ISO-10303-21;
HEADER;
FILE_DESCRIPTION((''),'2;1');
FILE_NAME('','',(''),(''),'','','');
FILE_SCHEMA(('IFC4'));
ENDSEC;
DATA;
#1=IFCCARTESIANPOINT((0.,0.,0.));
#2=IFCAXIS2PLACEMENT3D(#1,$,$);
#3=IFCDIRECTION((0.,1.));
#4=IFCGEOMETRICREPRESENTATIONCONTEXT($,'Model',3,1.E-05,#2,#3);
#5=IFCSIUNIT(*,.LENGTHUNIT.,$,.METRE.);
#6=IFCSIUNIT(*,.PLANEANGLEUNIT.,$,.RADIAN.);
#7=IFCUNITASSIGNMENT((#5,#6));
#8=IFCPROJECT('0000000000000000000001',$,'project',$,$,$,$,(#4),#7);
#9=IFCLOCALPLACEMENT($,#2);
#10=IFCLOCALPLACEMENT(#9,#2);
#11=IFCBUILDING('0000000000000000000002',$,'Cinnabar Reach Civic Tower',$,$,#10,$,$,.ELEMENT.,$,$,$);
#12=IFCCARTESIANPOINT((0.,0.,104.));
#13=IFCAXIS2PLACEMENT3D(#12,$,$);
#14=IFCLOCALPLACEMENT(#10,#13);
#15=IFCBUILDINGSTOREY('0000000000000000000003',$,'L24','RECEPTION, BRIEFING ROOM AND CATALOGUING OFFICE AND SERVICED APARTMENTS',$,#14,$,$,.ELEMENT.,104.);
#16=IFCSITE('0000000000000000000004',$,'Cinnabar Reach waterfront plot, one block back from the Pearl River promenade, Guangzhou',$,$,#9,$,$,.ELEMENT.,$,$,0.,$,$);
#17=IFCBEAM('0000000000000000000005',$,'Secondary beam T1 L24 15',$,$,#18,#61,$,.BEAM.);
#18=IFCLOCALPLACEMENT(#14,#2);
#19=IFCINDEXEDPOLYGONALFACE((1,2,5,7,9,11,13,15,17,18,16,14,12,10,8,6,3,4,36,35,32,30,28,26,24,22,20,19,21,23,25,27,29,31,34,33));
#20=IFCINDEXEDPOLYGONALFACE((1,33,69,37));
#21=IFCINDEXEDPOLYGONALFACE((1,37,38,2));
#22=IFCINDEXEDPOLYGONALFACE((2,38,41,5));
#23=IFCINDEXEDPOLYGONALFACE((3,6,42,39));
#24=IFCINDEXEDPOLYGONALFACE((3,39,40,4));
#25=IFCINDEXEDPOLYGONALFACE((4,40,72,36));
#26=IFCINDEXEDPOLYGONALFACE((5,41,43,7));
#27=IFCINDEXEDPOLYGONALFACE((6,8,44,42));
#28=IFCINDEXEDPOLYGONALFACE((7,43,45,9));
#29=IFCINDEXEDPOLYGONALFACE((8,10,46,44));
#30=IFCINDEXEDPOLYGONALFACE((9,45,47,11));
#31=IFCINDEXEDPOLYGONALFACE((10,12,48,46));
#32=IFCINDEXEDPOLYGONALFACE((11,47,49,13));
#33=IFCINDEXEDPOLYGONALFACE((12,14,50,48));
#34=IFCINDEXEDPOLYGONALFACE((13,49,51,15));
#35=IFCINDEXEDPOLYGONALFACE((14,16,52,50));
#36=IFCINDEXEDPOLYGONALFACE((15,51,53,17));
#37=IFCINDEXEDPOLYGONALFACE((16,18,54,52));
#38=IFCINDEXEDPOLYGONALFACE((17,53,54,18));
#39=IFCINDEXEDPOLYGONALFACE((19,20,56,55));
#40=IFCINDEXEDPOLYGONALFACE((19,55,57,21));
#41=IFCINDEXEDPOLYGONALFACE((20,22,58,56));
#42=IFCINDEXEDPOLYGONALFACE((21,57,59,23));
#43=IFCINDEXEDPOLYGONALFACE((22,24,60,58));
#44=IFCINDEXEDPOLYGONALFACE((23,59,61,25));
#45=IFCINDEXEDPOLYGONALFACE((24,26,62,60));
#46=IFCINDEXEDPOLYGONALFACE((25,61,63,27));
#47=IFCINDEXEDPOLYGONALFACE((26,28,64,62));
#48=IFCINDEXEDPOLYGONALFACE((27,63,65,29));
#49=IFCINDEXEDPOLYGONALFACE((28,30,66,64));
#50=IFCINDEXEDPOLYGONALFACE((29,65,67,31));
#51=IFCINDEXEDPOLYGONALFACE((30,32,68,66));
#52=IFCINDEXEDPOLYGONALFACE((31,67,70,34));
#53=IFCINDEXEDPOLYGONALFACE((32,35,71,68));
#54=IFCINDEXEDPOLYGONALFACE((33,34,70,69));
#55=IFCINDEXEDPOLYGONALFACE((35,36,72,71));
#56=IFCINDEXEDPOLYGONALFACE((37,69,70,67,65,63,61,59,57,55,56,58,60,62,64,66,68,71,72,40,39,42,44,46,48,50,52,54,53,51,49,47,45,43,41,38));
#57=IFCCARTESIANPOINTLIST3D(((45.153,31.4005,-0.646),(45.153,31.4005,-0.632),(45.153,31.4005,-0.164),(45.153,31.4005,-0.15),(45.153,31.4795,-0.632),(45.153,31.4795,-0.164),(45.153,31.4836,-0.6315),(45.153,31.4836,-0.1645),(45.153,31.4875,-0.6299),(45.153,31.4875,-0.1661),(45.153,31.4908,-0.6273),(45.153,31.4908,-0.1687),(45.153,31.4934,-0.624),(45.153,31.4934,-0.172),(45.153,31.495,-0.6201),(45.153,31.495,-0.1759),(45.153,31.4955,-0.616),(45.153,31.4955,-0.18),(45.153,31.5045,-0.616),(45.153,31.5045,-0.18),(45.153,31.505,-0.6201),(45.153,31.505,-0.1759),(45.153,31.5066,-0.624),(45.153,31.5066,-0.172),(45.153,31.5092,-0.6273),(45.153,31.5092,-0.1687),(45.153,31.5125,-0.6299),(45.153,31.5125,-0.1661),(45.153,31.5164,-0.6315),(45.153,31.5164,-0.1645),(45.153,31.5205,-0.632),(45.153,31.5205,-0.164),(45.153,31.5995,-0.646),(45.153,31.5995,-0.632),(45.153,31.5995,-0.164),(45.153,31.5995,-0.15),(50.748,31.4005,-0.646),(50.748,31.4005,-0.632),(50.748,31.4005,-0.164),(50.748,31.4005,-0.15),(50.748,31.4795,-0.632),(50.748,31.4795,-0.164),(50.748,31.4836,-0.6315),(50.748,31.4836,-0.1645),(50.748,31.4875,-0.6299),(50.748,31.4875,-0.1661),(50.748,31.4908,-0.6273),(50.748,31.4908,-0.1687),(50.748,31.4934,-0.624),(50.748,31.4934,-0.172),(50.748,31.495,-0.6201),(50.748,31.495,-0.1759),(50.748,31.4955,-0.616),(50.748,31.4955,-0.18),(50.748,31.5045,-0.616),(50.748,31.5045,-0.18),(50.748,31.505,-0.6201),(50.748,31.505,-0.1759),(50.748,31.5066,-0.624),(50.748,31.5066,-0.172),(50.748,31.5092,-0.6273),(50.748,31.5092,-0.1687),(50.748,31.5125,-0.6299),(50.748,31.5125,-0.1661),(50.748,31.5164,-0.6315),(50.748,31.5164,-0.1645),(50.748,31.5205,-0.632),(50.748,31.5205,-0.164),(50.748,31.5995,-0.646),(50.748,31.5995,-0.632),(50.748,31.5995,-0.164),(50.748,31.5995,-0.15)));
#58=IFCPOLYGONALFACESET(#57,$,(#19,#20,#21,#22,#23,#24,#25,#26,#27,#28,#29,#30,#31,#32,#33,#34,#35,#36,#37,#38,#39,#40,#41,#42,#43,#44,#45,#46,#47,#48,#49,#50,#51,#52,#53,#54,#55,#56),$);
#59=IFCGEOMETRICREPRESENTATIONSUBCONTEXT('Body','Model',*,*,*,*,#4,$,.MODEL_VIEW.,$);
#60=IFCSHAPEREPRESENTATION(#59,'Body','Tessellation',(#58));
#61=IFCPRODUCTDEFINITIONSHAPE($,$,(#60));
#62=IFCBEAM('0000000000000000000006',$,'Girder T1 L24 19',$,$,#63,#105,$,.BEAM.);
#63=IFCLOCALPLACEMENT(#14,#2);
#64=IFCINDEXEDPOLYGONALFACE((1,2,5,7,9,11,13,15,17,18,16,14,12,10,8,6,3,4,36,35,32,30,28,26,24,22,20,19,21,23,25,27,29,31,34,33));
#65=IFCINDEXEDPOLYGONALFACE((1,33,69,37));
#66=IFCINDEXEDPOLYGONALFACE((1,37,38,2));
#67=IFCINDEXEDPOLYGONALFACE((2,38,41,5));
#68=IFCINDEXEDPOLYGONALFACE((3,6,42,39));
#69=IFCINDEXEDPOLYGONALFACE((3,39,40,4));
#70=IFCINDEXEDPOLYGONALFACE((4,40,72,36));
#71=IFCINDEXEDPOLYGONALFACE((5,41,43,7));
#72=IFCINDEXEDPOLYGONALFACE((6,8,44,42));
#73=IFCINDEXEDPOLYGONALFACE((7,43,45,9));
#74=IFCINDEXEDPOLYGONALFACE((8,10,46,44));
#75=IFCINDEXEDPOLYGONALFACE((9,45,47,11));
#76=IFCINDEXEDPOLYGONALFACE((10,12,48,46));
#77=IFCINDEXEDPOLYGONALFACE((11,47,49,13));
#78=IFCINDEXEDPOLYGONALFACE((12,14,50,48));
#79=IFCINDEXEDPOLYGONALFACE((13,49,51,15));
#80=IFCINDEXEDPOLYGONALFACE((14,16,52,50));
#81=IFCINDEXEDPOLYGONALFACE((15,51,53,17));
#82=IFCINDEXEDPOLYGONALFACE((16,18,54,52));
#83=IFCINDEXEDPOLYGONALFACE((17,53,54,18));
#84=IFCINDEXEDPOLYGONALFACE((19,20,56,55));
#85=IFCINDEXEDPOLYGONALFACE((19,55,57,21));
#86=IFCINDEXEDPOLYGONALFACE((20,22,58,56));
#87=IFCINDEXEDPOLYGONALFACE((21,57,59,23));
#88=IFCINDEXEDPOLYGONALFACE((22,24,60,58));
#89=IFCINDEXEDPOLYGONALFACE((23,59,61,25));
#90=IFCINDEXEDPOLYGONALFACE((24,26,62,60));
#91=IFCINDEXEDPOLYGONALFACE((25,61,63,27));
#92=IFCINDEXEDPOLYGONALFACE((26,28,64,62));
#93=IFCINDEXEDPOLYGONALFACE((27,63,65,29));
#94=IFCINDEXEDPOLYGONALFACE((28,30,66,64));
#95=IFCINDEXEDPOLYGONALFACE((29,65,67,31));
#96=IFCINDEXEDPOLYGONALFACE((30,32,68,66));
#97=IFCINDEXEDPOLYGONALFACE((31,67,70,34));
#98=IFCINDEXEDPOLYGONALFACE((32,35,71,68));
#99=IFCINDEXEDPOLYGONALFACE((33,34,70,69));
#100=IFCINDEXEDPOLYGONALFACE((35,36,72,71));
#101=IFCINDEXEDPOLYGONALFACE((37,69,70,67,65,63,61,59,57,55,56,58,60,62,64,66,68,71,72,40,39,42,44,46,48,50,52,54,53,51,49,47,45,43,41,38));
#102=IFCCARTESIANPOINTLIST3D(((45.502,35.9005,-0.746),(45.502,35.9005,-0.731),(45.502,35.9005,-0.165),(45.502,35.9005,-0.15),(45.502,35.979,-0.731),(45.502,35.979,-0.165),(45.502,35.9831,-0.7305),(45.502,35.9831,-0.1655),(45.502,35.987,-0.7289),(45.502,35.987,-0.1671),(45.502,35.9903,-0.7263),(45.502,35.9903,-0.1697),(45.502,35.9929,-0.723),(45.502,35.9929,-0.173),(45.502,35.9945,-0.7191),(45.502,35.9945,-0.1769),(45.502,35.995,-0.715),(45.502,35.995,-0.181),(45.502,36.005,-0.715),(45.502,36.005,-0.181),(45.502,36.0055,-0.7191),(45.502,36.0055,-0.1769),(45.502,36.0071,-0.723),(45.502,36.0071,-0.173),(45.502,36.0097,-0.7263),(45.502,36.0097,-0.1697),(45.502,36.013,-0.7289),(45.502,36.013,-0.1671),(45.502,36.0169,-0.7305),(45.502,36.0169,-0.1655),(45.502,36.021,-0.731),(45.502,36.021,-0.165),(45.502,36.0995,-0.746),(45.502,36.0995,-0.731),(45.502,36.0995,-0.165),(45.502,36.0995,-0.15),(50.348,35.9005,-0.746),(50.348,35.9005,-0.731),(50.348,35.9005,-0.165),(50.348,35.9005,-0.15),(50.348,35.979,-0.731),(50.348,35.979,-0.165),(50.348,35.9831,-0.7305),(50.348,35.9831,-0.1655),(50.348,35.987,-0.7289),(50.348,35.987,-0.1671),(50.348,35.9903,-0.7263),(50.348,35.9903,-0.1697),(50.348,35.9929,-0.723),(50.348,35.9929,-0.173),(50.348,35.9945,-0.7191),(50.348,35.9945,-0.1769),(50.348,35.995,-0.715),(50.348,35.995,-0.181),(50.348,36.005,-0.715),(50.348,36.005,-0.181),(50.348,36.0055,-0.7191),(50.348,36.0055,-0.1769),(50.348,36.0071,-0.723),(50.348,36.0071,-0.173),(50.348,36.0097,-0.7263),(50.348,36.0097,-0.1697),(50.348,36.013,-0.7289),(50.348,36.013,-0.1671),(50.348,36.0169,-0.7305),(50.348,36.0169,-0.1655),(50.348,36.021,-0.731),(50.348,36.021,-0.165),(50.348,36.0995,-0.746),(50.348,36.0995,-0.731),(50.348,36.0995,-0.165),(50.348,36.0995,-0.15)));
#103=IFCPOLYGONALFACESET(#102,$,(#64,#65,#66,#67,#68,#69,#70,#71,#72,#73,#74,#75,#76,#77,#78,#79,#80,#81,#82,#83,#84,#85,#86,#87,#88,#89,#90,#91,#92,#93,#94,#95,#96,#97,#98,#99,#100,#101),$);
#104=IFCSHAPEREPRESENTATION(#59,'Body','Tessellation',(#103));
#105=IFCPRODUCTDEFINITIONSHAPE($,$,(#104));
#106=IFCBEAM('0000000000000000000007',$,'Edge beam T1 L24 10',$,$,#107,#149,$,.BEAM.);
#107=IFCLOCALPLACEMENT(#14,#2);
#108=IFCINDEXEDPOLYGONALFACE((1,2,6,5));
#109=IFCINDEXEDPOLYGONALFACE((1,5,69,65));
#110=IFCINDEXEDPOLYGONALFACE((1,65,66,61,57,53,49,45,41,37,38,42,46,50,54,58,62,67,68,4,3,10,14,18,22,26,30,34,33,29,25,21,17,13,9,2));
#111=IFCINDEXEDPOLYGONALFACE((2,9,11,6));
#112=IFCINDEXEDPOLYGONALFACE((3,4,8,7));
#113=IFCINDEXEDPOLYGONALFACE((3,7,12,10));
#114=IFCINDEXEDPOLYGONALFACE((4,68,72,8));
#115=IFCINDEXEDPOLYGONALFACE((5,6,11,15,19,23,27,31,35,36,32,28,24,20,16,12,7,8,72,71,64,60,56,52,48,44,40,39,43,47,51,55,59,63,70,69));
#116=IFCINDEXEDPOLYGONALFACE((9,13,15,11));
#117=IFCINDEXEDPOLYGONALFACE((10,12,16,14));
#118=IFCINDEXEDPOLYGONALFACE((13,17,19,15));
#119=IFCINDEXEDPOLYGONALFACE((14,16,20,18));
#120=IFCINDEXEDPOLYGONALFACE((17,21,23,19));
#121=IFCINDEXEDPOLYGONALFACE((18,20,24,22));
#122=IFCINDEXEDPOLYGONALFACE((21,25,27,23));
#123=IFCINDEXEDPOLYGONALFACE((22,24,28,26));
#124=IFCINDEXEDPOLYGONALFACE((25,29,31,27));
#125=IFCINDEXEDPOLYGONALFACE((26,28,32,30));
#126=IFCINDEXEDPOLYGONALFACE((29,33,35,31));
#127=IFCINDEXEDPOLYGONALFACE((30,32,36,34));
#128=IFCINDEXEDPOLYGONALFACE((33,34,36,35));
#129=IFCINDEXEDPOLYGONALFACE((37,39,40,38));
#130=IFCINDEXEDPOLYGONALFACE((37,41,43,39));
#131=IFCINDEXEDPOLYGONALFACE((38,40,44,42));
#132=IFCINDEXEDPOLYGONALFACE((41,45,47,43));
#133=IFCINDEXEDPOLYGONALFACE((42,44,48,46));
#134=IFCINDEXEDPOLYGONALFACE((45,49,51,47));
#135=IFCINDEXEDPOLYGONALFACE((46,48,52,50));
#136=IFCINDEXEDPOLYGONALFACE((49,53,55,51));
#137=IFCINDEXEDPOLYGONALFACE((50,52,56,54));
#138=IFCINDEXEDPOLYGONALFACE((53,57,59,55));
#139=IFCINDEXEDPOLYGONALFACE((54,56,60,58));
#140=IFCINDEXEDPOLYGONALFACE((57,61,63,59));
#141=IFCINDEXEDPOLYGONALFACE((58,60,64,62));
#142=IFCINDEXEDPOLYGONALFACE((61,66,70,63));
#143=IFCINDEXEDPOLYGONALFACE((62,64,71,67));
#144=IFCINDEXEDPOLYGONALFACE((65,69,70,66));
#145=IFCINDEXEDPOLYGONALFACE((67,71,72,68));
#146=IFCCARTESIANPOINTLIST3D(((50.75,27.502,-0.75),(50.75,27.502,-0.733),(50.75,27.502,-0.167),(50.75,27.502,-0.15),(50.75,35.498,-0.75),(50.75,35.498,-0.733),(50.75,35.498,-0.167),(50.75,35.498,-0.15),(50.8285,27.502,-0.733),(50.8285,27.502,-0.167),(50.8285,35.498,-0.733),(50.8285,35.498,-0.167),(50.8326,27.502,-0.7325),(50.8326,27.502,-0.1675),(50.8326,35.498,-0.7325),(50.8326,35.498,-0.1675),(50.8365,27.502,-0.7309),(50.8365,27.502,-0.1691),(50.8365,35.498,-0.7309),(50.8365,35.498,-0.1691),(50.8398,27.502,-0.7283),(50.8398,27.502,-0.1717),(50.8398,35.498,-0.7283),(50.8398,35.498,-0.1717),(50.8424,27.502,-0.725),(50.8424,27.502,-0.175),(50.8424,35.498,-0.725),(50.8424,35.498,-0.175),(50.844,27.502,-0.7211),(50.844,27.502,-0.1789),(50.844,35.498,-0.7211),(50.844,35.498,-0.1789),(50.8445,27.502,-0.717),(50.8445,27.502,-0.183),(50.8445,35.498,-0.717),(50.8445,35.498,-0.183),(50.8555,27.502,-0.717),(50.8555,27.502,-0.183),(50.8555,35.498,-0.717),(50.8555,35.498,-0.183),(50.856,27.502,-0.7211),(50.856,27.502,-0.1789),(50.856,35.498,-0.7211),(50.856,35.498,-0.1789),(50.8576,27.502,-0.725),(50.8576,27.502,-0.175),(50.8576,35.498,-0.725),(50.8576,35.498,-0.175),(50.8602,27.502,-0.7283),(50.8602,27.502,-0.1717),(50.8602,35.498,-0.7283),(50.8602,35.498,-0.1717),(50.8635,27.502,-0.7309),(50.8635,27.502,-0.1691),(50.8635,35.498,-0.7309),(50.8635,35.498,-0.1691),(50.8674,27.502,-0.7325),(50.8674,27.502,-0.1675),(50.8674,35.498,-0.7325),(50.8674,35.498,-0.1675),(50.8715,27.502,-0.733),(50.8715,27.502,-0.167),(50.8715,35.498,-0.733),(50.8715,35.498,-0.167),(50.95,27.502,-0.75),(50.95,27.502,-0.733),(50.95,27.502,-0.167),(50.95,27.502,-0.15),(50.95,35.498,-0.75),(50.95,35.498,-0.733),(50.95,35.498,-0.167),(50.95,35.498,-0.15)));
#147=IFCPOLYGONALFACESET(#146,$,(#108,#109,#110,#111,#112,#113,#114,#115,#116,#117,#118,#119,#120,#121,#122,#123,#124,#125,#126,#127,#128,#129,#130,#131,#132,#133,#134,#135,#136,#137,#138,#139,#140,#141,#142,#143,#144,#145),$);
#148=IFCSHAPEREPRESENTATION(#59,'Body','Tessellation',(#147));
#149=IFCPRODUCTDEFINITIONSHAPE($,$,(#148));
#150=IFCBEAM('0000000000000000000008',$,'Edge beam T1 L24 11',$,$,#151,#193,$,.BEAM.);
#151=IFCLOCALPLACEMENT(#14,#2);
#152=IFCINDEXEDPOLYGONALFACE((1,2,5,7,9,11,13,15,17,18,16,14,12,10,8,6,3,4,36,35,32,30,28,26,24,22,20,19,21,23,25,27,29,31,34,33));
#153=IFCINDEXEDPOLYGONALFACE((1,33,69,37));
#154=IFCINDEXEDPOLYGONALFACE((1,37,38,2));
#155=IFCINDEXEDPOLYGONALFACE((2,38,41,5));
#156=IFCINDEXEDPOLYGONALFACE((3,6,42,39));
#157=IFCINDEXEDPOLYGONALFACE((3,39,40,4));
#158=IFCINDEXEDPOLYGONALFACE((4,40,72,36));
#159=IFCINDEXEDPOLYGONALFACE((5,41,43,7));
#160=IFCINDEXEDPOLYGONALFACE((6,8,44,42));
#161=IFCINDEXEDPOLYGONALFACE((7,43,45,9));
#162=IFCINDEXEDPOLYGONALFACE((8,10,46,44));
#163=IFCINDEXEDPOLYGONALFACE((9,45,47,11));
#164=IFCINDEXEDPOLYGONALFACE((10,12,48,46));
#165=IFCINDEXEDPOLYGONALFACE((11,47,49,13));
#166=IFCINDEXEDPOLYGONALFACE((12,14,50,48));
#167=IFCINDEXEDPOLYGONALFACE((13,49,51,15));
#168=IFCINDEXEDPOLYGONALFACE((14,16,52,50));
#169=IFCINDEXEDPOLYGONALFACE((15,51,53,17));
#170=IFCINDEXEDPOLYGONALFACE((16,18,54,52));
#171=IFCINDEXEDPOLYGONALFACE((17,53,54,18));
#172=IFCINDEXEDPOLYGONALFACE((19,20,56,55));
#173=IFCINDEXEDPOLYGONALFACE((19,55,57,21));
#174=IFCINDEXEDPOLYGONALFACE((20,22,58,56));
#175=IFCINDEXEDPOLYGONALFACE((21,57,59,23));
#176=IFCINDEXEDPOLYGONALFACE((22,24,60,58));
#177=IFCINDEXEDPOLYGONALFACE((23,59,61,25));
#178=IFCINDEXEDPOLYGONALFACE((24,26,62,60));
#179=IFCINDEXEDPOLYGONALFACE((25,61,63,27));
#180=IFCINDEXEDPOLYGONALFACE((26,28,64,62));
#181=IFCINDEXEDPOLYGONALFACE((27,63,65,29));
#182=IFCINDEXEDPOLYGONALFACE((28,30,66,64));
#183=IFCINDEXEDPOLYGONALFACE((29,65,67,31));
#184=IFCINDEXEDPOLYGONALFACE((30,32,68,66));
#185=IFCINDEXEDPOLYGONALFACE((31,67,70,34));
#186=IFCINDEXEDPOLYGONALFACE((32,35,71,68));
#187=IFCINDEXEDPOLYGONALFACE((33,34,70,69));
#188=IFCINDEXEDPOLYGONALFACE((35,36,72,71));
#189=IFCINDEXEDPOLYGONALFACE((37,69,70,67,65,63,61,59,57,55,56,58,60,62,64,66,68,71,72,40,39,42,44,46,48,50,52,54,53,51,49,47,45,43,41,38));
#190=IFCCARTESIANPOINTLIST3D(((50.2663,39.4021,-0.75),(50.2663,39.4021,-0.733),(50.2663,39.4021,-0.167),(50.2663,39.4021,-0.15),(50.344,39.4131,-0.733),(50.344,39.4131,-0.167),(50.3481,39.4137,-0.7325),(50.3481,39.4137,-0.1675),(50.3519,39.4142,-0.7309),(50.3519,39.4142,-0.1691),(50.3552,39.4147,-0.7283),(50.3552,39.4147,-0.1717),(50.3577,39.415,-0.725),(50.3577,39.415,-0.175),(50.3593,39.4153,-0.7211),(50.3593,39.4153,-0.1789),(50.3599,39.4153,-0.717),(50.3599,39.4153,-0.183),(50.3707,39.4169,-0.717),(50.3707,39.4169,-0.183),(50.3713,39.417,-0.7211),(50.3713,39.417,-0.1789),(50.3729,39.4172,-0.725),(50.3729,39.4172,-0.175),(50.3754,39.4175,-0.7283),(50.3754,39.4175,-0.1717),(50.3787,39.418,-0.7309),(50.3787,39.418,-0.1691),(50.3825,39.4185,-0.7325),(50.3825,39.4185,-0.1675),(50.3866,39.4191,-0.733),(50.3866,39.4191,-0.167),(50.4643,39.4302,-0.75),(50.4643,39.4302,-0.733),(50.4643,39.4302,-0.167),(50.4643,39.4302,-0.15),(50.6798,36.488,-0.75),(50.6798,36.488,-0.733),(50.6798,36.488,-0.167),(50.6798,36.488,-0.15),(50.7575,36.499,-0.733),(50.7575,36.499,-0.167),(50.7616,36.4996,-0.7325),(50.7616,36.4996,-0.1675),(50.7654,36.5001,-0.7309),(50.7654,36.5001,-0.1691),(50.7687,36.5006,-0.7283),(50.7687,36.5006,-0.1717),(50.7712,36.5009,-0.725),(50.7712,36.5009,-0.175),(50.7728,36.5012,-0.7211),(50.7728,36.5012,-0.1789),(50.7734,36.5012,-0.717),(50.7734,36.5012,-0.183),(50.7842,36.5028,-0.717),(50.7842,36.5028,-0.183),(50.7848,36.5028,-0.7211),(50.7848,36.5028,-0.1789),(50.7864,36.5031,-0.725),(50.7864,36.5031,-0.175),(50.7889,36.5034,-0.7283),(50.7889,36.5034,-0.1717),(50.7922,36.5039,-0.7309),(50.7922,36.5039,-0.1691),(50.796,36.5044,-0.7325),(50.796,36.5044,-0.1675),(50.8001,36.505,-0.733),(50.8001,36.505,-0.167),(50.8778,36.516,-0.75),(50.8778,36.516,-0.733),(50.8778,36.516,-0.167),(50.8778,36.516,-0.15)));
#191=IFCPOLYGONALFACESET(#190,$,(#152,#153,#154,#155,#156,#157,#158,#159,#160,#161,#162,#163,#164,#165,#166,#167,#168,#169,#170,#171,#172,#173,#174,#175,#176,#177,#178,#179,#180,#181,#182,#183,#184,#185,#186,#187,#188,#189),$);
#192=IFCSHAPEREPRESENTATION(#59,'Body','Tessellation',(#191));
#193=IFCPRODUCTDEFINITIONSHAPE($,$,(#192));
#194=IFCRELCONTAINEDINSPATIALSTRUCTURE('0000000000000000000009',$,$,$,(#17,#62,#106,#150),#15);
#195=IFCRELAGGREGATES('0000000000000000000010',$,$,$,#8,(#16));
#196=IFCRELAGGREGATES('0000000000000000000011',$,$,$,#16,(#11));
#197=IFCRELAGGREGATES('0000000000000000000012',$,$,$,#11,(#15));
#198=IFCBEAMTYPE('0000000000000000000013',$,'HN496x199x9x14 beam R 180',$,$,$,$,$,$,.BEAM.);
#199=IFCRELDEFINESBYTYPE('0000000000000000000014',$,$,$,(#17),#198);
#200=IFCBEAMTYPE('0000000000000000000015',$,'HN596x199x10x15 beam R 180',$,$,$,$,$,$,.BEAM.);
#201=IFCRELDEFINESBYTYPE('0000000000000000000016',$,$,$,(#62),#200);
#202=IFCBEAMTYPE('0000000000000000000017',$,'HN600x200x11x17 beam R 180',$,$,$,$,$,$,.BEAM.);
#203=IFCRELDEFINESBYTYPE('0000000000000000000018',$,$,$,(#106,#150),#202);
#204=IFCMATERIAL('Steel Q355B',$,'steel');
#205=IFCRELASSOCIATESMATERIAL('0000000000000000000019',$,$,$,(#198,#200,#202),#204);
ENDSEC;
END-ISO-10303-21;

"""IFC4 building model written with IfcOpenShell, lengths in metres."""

from ifc_helpers import new_model, si_unit, direction, frame, origin, origin_2d, place, context, subcontext, project, spatial, i_section, extrude, material, material_profile, profile_set, type_object, element, save


model = new_model("IFC4")

# Units and contexts
model_context = context("Model", 3, precision=1e-05, world=origin(), true_north=direction((0.0, 1.0)))
body_context = subcontext(model_context, "Body", "Model", "MODEL_VIEW")
ifc_project = project(units=[si_unit("LENGTHUNIT", "METRE"), si_unit("PLANEANGLEUNIT", "RADIAN")], contexts=[model_context])

# Site, building, storey
site_placement = place(None, origin())
site = spatial("IfcSite", under=ifc_project, at=site_placement, Name="Cinnabar Reach waterfront plot, one block back from the Pearl River promenade, Guangzhou", CompositionType="ELEMENT", RefElevation=0.0)
building_placement = place(site_placement, origin())
building = spatial("IfcBuilding", under=site, at=building_placement, Name="Cinnabar Reach Civic Tower", CompositionType="ELEMENT")
storey_placement = place(building_placement, frame((0.0, 0.0, 104.0)))
storey = spatial("IfcBuildingStorey", under=building, at=storey_placement, Name="L24", Description="RECEPTION, BRIEFING ROOM AND CATALOGUING OFFICE AND SERVICED APARTMENTS", CompositionType="ELEMENT", Elevation=104.0)

# Beams
ifc_material_1 = material(Name="Steel Q355B", Category="steel")
ifc_material_profile_1 = material_profile(ifc_material_1, i_section(OverallWidth=0.199, OverallDepth=0.496, WebThickness=0.009, FlangeThickness=0.014, FilletRadius=0.016, at=origin_2d()), Name="HN496x199x9x14")
ifc_profile_set_1 = profile_set([ifc_material_profile_1], Name="Steel Q355B")
beam_type_1 = type_object("IfcBeamType", Name="HN496x199x9x14 beam R 180", PredefinedType="BEAM", material=ifc_profile_set_1)
beam_1_placement = place(storey_placement, frame((45.153, 31.5, -0.398), z_axis=(1.0, 0.0, 0.0), x_axis=(0.0, 1.0, 0.0)))
element("IfcBeam", 1, at=beam_1_placement, inside=storey, type_object=beam_type_1, Name="Secondary beam T1 L24 15", PredefinedType="BEAM", context=body_context, shape_type="SweptSolid", body=[
    extrude(i_section(OverallWidth=0.199, OverallDepth=0.496, WebThickness=0.009, FlangeThickness=0.014, FilletRadius=0.016, at=origin_2d()), origin(), (0.0, 0.0, 1.0), 5.595),
])
ifc_material_profile_2 = material_profile(ifc_material_1, i_section(OverallWidth=0.199, OverallDepth=0.596, WebThickness=0.01, FlangeThickness=0.015, FilletRadius=0.016, at=origin_2d()), Name="HN596x199x10x15")
ifc_profile_set_2 = profile_set([ifc_material_profile_2], Name="Steel Q355B")
beam_type_2 = type_object("IfcBeamType", Name="HN596x199x10x15 beam R 180", PredefinedType="BEAM", material=ifc_profile_set_2)
beam_2_placement = place(storey_placement, frame((45.502, 36.0, -0.448), z_axis=(1.0, 0.0, 0.0), x_axis=(0.0, 1.0, 0.0)))
element("IfcBeam", 2, at=beam_2_placement, inside=storey, type_object=beam_type_2, Name="Girder T1 L24 19", PredefinedType="BEAM", context=body_context, shape_type="SweptSolid", body=[
    extrude(i_section(OverallWidth=0.199, OverallDepth=0.596, WebThickness=0.01, FlangeThickness=0.015, FilletRadius=0.016, at=origin_2d()), origin(), (0.0, 0.0, 1.0), 4.846),
])
ifc_material_profile_3 = material_profile(ifc_material_1, i_section(OverallWidth=0.2, OverallDepth=0.6, WebThickness=0.011, FlangeThickness=0.017, FilletRadius=0.016, at=origin_2d()), Name="HN600x200x11x17")
ifc_profile_set_3 = profile_set([ifc_material_profile_3], Name="Steel Q355B")
beam_type_3 = type_object("IfcBeamType", Name="HN600x200x11x17 beam R 180", PredefinedType="BEAM", material=ifc_profile_set_3)
beam_3_placement = place(storey_placement, frame((50.85, 27.502, -0.45), z_axis=(0.0, 1.0, 0.0), x_axis=(-1.0, 0.0, 0.0)))
element("IfcBeam", 3, at=beam_3_placement, inside=storey, type_object=beam_type_3, Name="Edge beam T1 L24 10", PredefinedType="BEAM", context=body_context, shape_type="SweptSolid", body=[
    extrude(i_section(OverallWidth=0.2, OverallDepth=0.6, WebThickness=0.011, FlangeThickness=0.017, FilletRadius=0.016, at=origin_2d()), origin(), (0.0, 0.0, 1.0), 7.996),
])
beam_4_placement = place(storey_placement, frame((50.7788, 36.502, -0.45), z_axis=(-0.140489, 0.990082, 0.0), x_axis=(-0.990082, -0.140489, 0.0)))
element("IfcBeam", 4, at=beam_4_placement, inside=storey, type_object=beam_type_3, Name="Edge beam T1 L24 11", PredefinedType="BEAM", context=body_context, shape_type="SweptSolid", body=[
    extrude(i_section(OverallWidth=0.2, OverallDepth=0.6, WebThickness=0.011, FlangeThickness=0.017, FilletRadius=0.016, at=origin_2d()), origin(), (0.0, 0.0, 1.0), 2.9433),
])

save(model, "model.ifc")
